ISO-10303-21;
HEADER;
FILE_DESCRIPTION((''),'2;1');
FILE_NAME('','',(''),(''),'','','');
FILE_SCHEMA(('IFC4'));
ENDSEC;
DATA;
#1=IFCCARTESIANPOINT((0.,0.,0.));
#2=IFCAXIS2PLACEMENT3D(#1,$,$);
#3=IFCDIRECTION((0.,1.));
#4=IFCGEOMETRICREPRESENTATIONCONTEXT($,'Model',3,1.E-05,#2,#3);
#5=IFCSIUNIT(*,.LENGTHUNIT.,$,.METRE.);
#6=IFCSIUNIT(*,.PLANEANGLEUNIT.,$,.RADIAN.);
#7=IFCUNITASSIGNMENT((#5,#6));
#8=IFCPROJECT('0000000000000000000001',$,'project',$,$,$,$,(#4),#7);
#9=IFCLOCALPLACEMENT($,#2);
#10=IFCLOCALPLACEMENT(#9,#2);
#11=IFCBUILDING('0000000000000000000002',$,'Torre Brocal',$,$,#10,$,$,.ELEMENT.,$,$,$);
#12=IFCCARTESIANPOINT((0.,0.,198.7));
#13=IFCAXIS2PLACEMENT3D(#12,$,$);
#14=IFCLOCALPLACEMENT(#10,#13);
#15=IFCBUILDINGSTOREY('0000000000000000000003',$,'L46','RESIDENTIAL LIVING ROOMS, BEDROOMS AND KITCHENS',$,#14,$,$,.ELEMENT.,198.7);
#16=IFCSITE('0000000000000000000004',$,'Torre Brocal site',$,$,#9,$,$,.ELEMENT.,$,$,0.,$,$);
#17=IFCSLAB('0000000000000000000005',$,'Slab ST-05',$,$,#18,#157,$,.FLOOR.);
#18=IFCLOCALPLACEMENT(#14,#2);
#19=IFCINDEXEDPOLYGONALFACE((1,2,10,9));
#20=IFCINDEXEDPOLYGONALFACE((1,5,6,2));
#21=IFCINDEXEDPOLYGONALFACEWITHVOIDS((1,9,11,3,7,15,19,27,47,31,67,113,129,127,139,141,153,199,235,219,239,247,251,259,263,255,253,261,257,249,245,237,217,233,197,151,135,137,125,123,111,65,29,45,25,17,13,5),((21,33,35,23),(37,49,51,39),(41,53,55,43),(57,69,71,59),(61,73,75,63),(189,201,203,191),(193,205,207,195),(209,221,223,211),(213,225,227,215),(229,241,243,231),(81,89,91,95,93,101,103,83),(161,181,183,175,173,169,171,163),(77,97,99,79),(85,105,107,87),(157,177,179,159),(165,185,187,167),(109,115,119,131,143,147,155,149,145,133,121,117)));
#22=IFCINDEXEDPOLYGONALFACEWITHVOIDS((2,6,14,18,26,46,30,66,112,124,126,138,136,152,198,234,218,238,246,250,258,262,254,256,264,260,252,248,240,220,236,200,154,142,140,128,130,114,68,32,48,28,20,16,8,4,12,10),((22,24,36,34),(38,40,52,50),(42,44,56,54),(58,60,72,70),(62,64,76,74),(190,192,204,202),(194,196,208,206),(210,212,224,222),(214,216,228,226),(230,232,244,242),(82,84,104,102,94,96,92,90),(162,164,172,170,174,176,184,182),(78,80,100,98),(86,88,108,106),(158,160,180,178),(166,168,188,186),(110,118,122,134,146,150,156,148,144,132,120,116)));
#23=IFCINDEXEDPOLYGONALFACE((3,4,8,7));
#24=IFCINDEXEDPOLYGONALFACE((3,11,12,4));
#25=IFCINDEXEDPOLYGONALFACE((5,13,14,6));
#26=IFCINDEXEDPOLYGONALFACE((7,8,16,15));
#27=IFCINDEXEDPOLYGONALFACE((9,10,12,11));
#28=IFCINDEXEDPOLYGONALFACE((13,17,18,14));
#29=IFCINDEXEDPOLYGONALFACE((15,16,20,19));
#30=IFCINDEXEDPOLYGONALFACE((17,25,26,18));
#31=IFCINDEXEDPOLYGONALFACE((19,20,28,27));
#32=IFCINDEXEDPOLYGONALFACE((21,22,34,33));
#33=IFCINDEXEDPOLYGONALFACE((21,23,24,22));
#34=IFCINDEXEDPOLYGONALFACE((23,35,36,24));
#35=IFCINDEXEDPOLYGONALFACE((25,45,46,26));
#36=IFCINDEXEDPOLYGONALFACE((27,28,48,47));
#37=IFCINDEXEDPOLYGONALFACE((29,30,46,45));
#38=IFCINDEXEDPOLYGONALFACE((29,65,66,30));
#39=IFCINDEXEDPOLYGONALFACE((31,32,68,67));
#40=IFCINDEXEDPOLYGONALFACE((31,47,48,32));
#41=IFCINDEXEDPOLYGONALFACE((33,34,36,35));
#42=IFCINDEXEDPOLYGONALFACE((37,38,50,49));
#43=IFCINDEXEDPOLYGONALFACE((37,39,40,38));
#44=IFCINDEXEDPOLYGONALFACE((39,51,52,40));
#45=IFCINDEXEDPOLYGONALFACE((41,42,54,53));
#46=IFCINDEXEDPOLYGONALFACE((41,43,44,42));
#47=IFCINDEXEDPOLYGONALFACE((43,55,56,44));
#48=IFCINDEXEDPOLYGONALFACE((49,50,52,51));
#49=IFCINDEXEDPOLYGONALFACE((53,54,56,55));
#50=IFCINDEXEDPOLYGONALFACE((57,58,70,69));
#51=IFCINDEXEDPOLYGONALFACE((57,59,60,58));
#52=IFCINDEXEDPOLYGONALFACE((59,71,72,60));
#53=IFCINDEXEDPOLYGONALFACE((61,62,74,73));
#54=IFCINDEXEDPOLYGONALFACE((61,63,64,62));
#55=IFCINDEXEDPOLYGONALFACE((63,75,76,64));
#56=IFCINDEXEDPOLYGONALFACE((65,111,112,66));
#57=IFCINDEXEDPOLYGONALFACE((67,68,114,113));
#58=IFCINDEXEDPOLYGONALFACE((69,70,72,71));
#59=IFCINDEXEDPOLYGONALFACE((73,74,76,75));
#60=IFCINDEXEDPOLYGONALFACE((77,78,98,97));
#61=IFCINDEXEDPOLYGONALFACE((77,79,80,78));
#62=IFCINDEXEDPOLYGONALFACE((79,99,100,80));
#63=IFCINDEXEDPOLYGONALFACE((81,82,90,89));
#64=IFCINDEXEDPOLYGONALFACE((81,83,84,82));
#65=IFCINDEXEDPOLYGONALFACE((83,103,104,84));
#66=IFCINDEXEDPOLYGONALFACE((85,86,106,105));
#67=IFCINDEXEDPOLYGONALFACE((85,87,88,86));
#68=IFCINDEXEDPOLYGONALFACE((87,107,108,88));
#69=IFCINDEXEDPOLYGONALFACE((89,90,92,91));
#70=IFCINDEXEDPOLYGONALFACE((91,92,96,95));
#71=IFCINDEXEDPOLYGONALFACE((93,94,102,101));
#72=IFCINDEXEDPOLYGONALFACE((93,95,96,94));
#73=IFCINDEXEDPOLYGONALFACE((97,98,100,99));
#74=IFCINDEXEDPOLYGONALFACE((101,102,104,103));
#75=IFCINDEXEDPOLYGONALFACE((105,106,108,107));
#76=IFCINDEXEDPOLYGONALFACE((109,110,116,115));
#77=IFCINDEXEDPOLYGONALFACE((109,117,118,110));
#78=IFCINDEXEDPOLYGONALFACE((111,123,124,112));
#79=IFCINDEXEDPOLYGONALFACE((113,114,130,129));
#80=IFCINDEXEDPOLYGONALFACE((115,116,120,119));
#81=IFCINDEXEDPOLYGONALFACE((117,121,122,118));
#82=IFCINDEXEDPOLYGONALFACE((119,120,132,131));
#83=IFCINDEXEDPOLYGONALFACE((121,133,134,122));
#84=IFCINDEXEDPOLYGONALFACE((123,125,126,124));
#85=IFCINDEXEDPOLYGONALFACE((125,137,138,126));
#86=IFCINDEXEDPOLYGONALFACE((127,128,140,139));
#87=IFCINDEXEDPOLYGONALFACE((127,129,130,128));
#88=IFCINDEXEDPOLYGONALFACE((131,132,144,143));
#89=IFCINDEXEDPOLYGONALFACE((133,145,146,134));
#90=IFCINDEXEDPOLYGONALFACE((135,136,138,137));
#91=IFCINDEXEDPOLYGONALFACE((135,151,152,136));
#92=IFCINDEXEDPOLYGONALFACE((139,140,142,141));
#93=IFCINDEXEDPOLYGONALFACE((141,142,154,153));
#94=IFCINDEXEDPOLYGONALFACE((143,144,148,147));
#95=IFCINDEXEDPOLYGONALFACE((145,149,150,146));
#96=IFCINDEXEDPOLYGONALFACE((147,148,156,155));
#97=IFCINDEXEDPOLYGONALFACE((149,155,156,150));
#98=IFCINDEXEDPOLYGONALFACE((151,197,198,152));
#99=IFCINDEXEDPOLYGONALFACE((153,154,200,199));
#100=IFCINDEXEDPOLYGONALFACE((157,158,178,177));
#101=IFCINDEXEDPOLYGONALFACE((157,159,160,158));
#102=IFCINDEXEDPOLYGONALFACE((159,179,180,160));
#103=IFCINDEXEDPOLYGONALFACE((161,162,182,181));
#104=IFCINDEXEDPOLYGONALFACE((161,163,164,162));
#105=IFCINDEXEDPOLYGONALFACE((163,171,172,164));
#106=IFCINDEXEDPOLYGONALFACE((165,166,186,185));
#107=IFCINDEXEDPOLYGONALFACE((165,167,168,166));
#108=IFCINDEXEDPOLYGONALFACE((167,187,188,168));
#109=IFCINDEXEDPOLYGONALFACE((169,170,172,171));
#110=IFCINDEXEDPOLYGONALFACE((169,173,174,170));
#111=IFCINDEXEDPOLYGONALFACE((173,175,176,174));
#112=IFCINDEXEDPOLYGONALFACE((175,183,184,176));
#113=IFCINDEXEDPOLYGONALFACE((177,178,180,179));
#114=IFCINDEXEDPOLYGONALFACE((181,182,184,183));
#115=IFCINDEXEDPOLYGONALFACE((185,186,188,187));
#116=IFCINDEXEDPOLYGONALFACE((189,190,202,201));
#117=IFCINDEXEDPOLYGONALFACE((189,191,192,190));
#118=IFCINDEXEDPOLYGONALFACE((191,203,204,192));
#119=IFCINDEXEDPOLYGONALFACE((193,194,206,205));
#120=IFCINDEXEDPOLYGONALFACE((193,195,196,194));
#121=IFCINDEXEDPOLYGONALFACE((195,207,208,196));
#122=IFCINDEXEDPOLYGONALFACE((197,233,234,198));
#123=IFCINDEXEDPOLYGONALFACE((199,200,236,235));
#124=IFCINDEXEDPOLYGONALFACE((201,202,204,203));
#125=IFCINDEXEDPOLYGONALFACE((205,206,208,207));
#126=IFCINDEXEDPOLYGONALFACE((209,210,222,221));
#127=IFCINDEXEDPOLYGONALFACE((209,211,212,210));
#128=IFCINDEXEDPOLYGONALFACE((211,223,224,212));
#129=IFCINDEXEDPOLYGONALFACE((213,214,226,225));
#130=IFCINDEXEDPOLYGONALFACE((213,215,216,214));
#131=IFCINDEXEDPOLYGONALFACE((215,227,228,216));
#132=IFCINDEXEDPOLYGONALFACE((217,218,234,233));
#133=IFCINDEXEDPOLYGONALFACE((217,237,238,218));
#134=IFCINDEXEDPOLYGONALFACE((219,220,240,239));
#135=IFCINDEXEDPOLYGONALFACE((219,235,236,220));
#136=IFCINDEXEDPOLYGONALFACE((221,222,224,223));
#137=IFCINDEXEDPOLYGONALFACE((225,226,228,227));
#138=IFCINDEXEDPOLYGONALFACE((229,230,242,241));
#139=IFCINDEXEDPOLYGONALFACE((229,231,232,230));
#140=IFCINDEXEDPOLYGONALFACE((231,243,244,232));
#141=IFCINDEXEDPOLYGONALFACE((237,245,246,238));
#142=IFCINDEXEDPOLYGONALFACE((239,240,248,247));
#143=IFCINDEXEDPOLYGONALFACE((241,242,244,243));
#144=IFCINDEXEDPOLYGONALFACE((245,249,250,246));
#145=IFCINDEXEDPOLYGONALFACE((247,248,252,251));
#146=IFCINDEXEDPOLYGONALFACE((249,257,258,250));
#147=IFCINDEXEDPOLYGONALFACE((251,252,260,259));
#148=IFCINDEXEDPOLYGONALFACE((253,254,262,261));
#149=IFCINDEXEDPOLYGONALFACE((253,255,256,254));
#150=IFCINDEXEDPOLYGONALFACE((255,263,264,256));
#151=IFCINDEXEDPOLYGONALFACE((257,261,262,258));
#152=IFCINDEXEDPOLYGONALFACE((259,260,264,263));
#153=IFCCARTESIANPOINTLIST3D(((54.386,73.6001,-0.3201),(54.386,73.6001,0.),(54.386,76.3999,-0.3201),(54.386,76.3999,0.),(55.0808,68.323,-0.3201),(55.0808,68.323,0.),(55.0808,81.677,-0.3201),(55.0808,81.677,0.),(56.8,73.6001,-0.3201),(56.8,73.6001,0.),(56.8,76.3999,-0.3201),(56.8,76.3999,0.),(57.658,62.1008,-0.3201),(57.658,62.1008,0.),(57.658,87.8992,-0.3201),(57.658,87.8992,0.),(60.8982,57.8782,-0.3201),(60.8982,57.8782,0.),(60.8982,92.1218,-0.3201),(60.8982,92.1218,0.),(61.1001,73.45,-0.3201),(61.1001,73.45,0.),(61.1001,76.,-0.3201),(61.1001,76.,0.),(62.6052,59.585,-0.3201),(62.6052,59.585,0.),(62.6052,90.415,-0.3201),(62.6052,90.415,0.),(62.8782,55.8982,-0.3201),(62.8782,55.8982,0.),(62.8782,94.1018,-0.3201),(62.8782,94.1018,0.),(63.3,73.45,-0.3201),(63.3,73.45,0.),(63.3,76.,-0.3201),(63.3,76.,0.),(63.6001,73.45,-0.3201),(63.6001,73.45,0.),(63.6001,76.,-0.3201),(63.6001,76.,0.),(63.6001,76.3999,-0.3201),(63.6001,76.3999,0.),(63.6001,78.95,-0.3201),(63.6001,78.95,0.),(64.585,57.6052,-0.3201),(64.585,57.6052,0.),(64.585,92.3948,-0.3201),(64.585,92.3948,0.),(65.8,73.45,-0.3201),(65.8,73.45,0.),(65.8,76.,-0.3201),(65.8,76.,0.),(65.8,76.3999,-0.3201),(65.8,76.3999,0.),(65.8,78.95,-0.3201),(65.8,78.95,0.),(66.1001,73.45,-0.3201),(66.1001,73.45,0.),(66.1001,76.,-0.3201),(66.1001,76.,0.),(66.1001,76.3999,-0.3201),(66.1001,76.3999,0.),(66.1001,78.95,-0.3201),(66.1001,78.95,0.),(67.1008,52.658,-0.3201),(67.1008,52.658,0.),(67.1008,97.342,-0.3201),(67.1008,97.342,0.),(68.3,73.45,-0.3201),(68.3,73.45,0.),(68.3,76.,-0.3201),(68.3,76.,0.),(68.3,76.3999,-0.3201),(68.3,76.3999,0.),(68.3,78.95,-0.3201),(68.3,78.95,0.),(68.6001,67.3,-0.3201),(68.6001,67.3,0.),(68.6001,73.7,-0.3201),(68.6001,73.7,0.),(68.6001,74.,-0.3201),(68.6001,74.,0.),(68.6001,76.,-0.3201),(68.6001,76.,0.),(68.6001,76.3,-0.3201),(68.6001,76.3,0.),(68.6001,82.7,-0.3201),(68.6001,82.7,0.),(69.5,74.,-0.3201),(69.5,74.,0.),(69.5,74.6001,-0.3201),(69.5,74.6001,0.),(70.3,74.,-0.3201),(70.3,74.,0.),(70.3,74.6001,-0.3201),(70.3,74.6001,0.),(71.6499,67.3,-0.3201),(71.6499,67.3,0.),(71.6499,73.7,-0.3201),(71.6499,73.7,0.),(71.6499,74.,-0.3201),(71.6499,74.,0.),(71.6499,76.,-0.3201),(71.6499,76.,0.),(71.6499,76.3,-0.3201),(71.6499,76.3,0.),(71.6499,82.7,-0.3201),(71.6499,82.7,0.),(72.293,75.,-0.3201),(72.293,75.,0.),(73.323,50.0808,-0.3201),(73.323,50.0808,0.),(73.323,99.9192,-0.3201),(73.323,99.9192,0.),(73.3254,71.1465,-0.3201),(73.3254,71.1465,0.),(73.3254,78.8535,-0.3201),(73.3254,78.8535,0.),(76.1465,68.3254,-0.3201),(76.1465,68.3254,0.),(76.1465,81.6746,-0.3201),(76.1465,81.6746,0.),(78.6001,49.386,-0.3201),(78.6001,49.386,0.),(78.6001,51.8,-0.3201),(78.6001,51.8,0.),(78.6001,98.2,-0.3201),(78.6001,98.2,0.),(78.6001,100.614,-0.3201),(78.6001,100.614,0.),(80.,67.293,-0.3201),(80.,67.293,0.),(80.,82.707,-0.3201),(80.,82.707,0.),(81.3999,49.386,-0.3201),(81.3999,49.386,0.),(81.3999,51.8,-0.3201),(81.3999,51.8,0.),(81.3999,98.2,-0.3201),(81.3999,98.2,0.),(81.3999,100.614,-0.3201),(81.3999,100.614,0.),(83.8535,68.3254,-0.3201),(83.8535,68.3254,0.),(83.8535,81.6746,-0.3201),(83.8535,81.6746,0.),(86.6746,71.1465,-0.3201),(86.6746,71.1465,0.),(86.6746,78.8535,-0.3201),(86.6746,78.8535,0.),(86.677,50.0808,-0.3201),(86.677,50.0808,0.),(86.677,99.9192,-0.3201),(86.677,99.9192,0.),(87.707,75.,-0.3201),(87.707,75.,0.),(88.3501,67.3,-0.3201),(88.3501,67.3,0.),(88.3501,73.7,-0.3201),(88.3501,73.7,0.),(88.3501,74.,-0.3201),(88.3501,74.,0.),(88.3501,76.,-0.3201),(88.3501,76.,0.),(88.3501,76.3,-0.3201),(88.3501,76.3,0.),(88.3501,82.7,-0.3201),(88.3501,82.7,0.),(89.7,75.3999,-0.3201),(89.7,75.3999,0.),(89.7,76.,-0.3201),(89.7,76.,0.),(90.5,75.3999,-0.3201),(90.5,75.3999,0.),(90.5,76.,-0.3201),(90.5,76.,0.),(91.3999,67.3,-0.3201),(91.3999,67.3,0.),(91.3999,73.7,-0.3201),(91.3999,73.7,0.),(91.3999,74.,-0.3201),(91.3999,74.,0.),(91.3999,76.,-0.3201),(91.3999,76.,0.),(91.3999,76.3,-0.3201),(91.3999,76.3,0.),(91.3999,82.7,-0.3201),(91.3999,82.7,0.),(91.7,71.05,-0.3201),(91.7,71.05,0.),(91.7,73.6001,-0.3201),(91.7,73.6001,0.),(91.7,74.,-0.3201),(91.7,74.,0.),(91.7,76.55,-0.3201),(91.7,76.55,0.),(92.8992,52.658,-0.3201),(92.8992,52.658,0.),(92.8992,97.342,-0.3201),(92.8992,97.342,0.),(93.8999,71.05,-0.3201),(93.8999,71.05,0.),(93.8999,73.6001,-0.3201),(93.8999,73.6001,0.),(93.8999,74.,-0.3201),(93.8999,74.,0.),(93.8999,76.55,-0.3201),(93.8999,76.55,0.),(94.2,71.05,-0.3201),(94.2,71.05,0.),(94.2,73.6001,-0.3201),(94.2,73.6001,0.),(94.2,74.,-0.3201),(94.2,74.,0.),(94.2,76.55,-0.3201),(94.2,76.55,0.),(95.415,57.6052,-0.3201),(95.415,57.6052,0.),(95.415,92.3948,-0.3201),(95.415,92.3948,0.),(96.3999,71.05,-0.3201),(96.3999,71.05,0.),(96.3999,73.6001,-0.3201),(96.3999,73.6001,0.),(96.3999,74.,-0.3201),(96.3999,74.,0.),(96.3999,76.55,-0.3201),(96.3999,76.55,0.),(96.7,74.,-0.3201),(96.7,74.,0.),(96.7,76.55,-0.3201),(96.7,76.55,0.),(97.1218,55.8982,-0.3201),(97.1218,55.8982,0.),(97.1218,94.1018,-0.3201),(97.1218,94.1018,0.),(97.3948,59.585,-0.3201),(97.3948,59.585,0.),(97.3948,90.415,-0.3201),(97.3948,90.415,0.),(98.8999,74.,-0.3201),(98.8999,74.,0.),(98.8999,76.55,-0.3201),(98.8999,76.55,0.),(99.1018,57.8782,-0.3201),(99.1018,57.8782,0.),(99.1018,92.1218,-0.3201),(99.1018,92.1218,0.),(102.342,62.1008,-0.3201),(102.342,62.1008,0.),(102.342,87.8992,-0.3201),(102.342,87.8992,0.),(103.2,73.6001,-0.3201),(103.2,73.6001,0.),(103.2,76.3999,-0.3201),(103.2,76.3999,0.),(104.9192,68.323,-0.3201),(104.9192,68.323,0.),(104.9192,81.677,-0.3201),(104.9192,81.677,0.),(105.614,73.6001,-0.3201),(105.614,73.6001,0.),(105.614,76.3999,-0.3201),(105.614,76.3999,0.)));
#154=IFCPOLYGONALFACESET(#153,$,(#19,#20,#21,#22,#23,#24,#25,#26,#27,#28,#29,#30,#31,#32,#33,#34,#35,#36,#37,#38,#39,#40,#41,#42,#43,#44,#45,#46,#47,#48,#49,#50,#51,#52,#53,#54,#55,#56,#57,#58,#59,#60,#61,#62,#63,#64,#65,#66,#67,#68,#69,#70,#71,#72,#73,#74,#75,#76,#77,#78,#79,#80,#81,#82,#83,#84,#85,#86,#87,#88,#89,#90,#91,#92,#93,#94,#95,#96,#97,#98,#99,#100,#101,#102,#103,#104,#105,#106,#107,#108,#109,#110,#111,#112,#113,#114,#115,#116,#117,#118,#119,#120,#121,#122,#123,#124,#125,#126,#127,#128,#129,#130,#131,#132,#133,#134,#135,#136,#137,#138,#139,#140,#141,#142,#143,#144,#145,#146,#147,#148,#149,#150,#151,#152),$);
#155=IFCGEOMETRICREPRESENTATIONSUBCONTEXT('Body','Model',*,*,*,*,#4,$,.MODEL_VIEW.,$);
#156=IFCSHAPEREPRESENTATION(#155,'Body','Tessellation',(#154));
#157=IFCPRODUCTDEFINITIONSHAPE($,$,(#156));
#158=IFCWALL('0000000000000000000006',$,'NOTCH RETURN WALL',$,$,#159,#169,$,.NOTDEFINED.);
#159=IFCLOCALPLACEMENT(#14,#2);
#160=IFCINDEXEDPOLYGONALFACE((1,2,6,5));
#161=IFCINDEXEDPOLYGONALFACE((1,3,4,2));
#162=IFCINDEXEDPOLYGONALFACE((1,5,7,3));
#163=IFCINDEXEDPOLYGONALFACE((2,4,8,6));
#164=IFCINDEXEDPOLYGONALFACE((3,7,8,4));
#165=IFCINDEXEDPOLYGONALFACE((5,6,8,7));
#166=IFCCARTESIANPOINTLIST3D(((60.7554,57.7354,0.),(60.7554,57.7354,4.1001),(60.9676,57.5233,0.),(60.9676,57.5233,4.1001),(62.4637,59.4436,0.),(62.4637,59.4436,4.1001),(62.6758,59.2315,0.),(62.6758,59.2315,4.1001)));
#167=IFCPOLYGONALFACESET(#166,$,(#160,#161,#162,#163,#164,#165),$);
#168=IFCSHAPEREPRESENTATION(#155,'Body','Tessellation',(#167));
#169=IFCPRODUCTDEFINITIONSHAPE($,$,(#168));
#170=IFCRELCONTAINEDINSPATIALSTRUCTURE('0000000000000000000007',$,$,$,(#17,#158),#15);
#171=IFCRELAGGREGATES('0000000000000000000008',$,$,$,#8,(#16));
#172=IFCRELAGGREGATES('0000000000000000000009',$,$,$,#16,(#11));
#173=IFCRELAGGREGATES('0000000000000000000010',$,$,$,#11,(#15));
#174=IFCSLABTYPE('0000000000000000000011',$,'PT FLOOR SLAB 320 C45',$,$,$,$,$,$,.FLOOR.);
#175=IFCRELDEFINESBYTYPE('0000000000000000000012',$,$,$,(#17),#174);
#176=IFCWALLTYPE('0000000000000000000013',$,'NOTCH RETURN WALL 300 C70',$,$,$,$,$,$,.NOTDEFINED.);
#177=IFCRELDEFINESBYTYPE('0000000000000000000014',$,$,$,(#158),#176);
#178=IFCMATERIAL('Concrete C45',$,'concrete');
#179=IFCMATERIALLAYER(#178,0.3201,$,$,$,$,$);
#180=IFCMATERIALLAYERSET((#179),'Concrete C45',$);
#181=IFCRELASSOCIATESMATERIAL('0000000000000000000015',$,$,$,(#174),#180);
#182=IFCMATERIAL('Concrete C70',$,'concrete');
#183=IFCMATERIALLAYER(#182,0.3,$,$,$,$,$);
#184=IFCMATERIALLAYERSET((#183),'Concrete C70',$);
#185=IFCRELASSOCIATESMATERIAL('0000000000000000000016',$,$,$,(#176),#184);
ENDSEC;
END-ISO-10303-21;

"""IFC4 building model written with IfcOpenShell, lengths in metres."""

from ifc_helpers import new_model, si_unit, direction, frame, frame_2d, origin, place, context, subcontext, project, spatial, polyline, rectangle, outline, extrude, material, layer, layer_set, type_object, element, save


model = new_model("IFC4")

# Units and contexts
model_context = context("Model", 3, precision=1e-05, world=origin(), true_north=direction((0.0, 1.0)))
body_context = subcontext(model_context, "Body", "Model", "MODEL_VIEW")
ifc_project = project(units=[si_unit("LENGTHUNIT", "METRE"), si_unit("PLANEANGLEUNIT", "RADIAN")], contexts=[model_context])

# Site, building, storey
site_placement = place(None, origin())
site = spatial("IfcSite", under=ifc_project, at=site_placement, Name="Torre Brocal site", CompositionType="ELEMENT", RefElevation=0.0)
building_placement = place(site_placement, origin())
building = spatial("IfcBuilding", under=site, at=building_placement, Name="Torre Brocal", CompositionType="ELEMENT")
storey_placement = place(building_placement, frame((0.0, 0.0, 198.7)))
storey = spatial("IfcBuildingStorey", under=building, at=storey_placement, Name="L46", Description="RESIDENTIAL LIVING ROOMS, BEDROOMS AND KITCHENS", CompositionType="ELEMENT", Elevation=198.7)

# Slab
ifc_material_1 = material(Name="Concrete C45", Category="concrete")
ifc_layer_1 = layer(ifc_material_1, 0.3201)
ifc_layer_set_1 = layer_set([ifc_layer_1], Name="Concrete C45")
slab_type_1 = type_object("IfcSlabType", Name="PT FLOOR SLAB 320 C45", PredefinedType="FLOOR", material=ifc_layer_set_1)
slab_1_placement = place(storey_placement, frame((0.0, 0.0, -0.3201)))
element("IfcSlab", 1, at=slab_1_placement, inside=storey, type_object=slab_type_1, Name="Slab ST-05", PredefinedType="FLOOR", context=body_context, shape_type="SweptSolid", body=[
    extrude(outline(polyline([(103.2, 76.3999), (103.2, 73.6001), (105.614, 73.6001), (104.9192, 68.323), (102.342, 62.1008), (99.1018, 57.8782), (97.3948, 59.585), (95.415, 57.6052), (97.1218, 55.8982), (92.8992, 52.658), (86.677, 50.0808), (81.3999, 49.386), (81.3999, 51.8), (78.6001, 51.8), (78.6001, 49.386), (73.323, 50.0808), (67.1008, 52.658), (62.8782, 55.8982), (64.585, 57.6052), (62.6052, 59.585), (60.8982, 57.8782), (57.658, 62.1008), (55.0808, 68.323), (54.386, 73.6001), (56.8, 73.6001), (56.8, 76.3999), (54.386, 76.3999), (55.0808, 81.677), (57.658, 87.8992), (60.8982, 92.1218), (62.6052, 90.415), (64.585, 92.3948), (62.8782, 94.1018), (67.1008, 97.342), (73.323, 99.9192), (78.6001, 100.614), (78.6001, 98.2), (81.3999, 98.2), (81.3999, 100.614), (86.677, 99.9192), (92.8992, 97.342), (97.1218, 94.1018), (95.415, 92.3948), (97.3948, 90.415), (99.1018, 92.1218), (102.342, 87.8992), (104.9192, 81.677), (105.614, 76.3999), (103.2, 76.3999)]), holes=[polyline([(98.8999, 76.55), (96.7, 76.55), (96.7, 74.0), (98.8999, 74.0), (98.8999, 76.55)]), polyline([(96.3999, 76.55), (94.2, 76.55), (94.2, 74.0), (96.3999, 74.0), (96.3999, 76.55)]), polyline([(96.3999, 73.6001), (94.2, 73.6001), (94.2, 71.05), (96.3999, 71.05), (96.3999, 73.6001)]), polyline([(93.8999, 76.55), (91.7, 76.55), (91.7, 74.0), (93.8999, 74.0), (93.8999, 76.55)]), polyline([(93.8999, 73.6001), (91.7, 73.6001), (91.7, 71.05), (93.8999, 71.05), (93.8999, 73.6001)]), polyline([(89.7, 76.0), (88.3501, 76.0), (88.3501, 74.0), (91.3999, 74.0), (91.3999, 76.0), (90.5, 76.0), (90.5, 75.3999), (89.7, 75.3999), (89.7, 76.0)]), polyline([(91.3999, 82.7), (88.3501, 82.7), (88.3501, 76.3), (91.3999, 76.3), (91.3999, 82.7)]), polyline([(91.3999, 73.7), (88.3501, 73.7), (88.3501, 67.3), (91.3999, 67.3), (91.3999, 73.7)]), polyline([(80.0, 82.707), (76.1465, 81.6746), (73.3254, 78.8535), (72.293, 75.0), (73.3254, 71.1465), (76.1465, 68.3254), (80.0, 67.293), (83.8535, 68.3254), (86.6746, 71.1465), (87.707, 75.0), (86.6746, 78.8535), (83.8535, 81.6746), (80.0, 82.707)]), polyline([(70.3, 74.0), (71.6499, 74.0), (71.6499, 76.0), (68.6001, 76.0), (68.6001, 74.0), (69.5, 74.0), (69.5, 74.6001), (70.3, 74.6001), (70.3, 74.0)]), polyline([(68.6001, 76.3), (71.6499, 76.3), (71.6499, 82.7), (68.6001, 82.7), (68.6001, 76.3)]), polyline([(68.6001, 67.3), (71.6499, 67.3), (71.6499, 73.7), (68.6001, 73.7), (68.6001, 67.3)]), polyline([(66.1001, 76.3999), (68.3, 76.3999), (68.3, 78.95), (66.1001, 78.95), (66.1001, 76.3999)]), polyline([(66.1001, 73.45), (68.3, 73.45), (68.3, 76.0), (66.1001, 76.0), (66.1001, 73.45)]), polyline([(63.6001, 76.3999), (65.8, 76.3999), (65.8, 78.95), (63.6001, 78.95), (63.6001, 76.3999)]), polyline([(63.6001, 73.45), (65.8, 73.45), (65.8, 76.0), (63.6001, 76.0), (63.6001, 73.45)]), polyline([(61.1001, 73.45), (63.3, 73.45), (63.3, 76.0), (61.1001, 76.0), (61.1001, 73.45)])]), origin(), (0.0, 0.0, 1.0), 0.3201),
])

# Wall
ifc_material_2 = material(Name="Concrete C70", Category="concrete")
ifc_layer_2 = layer(ifc_material_2, 0.3)
ifc_layer_set_2 = layer_set([ifc_layer_2], Name="Concrete C70")
wall_type_1 = type_object("IfcWallType", Name="NOTCH RETURN WALL 300 C70", PredefinedType="NOTDEFINED", material=ifc_layer_set_2)
for number, where, z_axis, x_axis, name in (
    (2, (62.5698, 59.3376, 0.0), (0.0, 0.0, 1.0), (-0.707107, -0.707107, 0.0), "NOTCH RETURN WALL"),
):
    element("IfcWall", number, at=place(storey_placement, frame(where, z_axis=z_axis, x_axis=x_axis)), inside=storey, type_object=wall_type_1, Name=name, PredefinedType="NOTDEFINED", context=body_context, shape_type="SweptSolid", body=[
        extrude(rectangle(XDim=2.4158, YDim=0.3, at=frame_2d((1.208, 0.0))), origin(), (0.0, 0.0, 1.0), 4.1001),
    ])

save(model, "model.ifc")
